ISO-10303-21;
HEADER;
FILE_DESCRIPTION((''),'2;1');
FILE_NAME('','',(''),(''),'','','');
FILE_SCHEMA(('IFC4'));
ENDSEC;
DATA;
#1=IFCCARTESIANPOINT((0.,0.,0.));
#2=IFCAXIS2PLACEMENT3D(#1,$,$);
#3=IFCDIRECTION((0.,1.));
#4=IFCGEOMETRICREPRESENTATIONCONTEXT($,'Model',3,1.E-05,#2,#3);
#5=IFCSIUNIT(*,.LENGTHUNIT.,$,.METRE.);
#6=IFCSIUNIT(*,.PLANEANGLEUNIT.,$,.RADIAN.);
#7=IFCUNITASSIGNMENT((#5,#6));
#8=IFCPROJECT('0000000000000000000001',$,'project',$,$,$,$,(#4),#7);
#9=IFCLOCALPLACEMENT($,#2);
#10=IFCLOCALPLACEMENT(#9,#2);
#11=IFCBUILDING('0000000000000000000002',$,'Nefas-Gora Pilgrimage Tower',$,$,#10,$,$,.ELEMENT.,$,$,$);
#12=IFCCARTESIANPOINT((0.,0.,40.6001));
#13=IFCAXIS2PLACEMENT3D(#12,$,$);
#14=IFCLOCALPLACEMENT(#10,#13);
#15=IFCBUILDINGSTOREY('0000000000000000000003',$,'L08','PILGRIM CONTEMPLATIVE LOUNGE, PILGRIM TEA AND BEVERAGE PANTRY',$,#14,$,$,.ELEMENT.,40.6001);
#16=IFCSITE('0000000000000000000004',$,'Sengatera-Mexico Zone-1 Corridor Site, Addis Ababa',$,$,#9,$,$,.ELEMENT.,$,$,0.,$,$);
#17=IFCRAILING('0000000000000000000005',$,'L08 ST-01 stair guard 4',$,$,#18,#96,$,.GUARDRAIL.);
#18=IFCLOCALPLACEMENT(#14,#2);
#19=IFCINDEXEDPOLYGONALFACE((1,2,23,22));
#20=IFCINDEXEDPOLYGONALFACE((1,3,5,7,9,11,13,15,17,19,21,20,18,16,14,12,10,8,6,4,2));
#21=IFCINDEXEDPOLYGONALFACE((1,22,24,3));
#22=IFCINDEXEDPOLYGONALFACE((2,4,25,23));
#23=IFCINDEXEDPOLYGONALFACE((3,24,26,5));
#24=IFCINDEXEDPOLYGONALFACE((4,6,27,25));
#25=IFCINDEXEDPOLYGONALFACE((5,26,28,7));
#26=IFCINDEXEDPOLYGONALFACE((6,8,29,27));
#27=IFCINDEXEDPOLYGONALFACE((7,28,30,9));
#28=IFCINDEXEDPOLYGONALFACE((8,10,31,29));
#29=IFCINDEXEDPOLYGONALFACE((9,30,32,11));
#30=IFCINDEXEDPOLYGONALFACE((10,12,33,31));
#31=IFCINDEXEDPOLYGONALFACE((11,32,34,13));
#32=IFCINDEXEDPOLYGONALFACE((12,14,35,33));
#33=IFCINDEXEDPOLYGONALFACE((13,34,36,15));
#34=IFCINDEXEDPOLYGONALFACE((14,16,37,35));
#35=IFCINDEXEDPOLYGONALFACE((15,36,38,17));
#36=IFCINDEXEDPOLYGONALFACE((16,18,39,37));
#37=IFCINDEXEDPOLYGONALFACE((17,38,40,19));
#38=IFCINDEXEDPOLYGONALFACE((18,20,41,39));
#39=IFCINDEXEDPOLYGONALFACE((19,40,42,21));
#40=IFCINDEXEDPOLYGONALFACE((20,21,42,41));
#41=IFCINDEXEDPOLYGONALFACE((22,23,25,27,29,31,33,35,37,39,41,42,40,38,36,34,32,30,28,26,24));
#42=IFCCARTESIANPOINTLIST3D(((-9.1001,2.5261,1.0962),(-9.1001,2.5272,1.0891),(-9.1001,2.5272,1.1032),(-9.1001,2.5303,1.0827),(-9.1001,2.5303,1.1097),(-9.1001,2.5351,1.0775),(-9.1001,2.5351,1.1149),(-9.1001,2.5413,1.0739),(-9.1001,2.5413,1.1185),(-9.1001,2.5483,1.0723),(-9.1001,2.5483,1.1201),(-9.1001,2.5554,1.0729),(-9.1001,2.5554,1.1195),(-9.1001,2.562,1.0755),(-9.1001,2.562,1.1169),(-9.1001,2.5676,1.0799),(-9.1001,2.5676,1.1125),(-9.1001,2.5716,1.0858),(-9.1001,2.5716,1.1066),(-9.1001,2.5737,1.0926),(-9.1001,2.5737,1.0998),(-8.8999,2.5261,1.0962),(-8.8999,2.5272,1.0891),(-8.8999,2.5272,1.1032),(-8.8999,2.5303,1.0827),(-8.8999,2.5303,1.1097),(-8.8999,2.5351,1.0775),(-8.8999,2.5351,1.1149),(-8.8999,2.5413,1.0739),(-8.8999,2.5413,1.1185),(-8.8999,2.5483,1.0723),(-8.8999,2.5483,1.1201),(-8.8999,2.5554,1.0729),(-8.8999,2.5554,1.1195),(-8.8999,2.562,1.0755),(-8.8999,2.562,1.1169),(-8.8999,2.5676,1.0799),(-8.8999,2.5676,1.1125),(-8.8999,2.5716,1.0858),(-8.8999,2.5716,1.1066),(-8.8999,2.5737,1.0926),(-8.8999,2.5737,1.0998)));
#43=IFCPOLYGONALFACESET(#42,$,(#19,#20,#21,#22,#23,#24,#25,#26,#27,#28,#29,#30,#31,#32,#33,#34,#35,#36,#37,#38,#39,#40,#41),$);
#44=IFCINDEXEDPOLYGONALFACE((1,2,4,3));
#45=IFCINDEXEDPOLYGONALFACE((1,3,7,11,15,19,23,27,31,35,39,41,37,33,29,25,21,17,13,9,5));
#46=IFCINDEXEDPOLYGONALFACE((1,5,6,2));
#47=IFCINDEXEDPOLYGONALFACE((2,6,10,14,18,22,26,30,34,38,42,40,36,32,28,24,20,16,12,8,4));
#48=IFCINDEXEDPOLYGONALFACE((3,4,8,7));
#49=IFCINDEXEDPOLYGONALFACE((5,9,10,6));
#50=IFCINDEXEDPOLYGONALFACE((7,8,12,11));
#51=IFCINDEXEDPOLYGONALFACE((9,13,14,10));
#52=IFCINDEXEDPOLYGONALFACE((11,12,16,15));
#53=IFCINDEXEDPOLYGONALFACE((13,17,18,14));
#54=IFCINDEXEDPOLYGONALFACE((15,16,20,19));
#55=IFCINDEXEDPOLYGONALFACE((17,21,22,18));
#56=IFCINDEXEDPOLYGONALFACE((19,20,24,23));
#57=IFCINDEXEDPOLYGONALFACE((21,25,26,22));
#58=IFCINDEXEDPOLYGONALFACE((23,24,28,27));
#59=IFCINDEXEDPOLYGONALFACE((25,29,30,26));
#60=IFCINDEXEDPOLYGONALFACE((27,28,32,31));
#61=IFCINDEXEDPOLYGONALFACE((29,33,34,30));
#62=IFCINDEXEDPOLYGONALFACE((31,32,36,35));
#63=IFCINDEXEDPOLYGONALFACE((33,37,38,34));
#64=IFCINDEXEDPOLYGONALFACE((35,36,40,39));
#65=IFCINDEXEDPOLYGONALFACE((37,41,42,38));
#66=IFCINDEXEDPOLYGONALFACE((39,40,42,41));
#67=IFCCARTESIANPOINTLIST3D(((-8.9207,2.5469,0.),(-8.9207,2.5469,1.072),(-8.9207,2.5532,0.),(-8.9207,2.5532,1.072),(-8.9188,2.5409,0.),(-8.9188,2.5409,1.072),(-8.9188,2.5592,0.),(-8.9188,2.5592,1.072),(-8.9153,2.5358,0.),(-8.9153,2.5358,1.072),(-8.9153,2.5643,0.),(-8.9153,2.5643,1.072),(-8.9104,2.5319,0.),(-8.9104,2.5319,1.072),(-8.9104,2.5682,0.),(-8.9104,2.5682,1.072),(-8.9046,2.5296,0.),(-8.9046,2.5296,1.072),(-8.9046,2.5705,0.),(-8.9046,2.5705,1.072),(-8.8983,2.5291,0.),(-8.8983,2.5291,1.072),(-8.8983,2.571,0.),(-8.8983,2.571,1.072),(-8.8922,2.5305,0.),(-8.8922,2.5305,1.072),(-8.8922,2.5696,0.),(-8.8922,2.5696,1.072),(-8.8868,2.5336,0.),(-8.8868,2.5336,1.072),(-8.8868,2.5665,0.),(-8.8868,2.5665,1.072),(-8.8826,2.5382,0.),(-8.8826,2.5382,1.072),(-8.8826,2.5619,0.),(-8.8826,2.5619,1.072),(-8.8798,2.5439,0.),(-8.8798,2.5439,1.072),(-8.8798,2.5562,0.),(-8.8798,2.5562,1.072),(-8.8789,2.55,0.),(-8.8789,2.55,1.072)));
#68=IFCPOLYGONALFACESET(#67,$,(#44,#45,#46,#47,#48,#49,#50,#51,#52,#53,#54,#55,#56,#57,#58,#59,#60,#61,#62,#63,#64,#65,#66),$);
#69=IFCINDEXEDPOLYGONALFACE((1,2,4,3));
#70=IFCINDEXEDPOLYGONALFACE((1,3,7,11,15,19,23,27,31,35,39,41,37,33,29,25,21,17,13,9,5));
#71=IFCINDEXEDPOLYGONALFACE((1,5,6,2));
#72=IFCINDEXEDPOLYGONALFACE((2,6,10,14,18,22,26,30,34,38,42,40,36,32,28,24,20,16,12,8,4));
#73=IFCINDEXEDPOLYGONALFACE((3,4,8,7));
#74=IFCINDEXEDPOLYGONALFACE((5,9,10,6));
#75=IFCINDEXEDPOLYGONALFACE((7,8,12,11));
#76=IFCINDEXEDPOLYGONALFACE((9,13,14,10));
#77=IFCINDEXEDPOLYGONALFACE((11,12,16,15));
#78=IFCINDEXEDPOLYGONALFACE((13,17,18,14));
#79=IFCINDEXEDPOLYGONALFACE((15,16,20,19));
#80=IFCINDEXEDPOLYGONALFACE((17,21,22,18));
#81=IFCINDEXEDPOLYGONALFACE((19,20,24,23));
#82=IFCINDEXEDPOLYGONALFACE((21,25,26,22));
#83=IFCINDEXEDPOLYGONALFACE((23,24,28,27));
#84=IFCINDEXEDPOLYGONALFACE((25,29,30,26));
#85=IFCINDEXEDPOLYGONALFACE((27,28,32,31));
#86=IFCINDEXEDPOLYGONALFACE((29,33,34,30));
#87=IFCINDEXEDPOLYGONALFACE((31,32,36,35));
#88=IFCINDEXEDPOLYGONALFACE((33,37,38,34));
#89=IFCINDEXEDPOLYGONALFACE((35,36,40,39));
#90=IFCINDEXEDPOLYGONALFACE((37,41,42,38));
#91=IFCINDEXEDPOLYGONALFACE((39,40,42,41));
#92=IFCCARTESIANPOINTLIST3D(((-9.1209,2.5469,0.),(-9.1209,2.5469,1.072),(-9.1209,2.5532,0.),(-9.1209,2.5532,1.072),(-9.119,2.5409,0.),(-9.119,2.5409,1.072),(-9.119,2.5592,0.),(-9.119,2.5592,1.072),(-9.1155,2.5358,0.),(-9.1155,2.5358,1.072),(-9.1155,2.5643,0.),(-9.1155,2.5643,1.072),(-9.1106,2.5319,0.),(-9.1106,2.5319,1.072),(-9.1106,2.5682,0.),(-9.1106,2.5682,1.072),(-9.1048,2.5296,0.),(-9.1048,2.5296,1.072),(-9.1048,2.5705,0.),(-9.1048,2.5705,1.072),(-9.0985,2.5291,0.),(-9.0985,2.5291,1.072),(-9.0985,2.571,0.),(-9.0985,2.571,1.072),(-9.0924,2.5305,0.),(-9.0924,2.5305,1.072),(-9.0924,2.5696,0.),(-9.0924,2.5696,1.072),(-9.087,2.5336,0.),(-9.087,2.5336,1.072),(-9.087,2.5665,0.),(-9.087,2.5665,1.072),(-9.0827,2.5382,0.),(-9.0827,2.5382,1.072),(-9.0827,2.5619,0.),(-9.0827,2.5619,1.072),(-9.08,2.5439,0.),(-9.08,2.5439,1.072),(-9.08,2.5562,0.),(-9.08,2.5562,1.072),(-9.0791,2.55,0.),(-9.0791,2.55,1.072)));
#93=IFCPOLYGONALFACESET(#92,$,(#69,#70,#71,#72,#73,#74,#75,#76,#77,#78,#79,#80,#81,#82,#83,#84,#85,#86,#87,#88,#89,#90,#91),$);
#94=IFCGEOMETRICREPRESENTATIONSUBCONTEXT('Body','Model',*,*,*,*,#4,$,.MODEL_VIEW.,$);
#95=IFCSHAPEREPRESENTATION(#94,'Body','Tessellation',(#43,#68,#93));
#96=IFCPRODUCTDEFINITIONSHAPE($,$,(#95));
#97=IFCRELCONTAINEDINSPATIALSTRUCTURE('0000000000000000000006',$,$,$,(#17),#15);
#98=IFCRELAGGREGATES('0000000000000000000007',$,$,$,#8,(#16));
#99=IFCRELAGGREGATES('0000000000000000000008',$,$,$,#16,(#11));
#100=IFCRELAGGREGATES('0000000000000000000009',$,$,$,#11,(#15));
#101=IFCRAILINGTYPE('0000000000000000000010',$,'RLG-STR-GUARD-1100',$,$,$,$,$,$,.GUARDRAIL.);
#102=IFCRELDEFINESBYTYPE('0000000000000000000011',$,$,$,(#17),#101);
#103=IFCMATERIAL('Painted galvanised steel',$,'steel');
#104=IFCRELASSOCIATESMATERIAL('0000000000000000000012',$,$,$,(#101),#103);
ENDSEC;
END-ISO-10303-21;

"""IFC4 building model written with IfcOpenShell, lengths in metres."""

from ifc_helpers import new_model, si_unit, direction, frame, origin, origin_2d, place, context, subcontext, project, spatial, circle, extrude, material, type_object, element, save


model = new_model("IFC4")

# Units and contexts
model_context = context("Model", 3, precision=1e-05, world=origin(), true_north=direction((0.0, 1.0)))
body_context = subcontext(model_context, "Body", "Model", "MODEL_VIEW")
ifc_project = project(units=[si_unit("LENGTHUNIT", "METRE"), si_unit("PLANEANGLEUNIT", "RADIAN")], contexts=[model_context])

# Site, building, storey
site_placement = place(None, origin())
site = spatial("IfcSite", under=ifc_project, at=site_placement, Name="Sengatera-Mexico Zone-1 Corridor Site, Addis Ababa", CompositionType="ELEMENT", RefElevation=0.0)
building_placement = place(site_placement, origin())
building = spatial("IfcBuilding", under=site, at=building_placement, Name="Nefas-Gora Pilgrimage Tower", CompositionType="ELEMENT")
storey_placement = place(building_placement, frame((0.0, 0.0, 40.6001)))
storey = spatial("IfcBuildingStorey", under=building, at=storey_placement, Name="L08", Description="PILGRIM CONTEMPLATIVE LOUNGE, PILGRIM TEA AND BEVERAGE PANTRY", CompositionType="ELEMENT", Elevation=40.6001)

# Railing
ifc_material_1 = material(Name="Painted galvanised steel", Category="steel")
railing_type_1 = type_object("IfcRailingType", Name="RLG-STR-GUARD-1100", PredefinedType="GUARDRAIL", material=ifc_material_1)
railing_1_placement = place(storey_placement, frame((-8.8999, 2.55, 0.0)))
element("IfcRailing", 1, at=railing_1_placement, inside=storey, type_object=railing_type_1, Name="L08 ST-01 stair guard 4", PredefinedType="GUARDRAIL", context=body_context, shape_type="SweptSolid", body=[
    extrude(circle(Radius=0.0239, at=origin_2d()), frame((0.0, 0.0, 1.0962), z_axis=(-1.0, 0.0, 0.0), x_axis=(0.0, -1.0, 0.0)), (0.0, 0.0, 1.0), 0.2002),
    extrude(circle(Radius=0.021, at=origin_2d()), origin(), (0.0, 0.0, 1.0), 1.072),
    extrude(circle(Radius=0.021, at=origin_2d()), frame((-0.2002, 0.0, 0.0)), (0.0, 0.0, 1.0), 1.072),
])

save(model, "model.ifc")
